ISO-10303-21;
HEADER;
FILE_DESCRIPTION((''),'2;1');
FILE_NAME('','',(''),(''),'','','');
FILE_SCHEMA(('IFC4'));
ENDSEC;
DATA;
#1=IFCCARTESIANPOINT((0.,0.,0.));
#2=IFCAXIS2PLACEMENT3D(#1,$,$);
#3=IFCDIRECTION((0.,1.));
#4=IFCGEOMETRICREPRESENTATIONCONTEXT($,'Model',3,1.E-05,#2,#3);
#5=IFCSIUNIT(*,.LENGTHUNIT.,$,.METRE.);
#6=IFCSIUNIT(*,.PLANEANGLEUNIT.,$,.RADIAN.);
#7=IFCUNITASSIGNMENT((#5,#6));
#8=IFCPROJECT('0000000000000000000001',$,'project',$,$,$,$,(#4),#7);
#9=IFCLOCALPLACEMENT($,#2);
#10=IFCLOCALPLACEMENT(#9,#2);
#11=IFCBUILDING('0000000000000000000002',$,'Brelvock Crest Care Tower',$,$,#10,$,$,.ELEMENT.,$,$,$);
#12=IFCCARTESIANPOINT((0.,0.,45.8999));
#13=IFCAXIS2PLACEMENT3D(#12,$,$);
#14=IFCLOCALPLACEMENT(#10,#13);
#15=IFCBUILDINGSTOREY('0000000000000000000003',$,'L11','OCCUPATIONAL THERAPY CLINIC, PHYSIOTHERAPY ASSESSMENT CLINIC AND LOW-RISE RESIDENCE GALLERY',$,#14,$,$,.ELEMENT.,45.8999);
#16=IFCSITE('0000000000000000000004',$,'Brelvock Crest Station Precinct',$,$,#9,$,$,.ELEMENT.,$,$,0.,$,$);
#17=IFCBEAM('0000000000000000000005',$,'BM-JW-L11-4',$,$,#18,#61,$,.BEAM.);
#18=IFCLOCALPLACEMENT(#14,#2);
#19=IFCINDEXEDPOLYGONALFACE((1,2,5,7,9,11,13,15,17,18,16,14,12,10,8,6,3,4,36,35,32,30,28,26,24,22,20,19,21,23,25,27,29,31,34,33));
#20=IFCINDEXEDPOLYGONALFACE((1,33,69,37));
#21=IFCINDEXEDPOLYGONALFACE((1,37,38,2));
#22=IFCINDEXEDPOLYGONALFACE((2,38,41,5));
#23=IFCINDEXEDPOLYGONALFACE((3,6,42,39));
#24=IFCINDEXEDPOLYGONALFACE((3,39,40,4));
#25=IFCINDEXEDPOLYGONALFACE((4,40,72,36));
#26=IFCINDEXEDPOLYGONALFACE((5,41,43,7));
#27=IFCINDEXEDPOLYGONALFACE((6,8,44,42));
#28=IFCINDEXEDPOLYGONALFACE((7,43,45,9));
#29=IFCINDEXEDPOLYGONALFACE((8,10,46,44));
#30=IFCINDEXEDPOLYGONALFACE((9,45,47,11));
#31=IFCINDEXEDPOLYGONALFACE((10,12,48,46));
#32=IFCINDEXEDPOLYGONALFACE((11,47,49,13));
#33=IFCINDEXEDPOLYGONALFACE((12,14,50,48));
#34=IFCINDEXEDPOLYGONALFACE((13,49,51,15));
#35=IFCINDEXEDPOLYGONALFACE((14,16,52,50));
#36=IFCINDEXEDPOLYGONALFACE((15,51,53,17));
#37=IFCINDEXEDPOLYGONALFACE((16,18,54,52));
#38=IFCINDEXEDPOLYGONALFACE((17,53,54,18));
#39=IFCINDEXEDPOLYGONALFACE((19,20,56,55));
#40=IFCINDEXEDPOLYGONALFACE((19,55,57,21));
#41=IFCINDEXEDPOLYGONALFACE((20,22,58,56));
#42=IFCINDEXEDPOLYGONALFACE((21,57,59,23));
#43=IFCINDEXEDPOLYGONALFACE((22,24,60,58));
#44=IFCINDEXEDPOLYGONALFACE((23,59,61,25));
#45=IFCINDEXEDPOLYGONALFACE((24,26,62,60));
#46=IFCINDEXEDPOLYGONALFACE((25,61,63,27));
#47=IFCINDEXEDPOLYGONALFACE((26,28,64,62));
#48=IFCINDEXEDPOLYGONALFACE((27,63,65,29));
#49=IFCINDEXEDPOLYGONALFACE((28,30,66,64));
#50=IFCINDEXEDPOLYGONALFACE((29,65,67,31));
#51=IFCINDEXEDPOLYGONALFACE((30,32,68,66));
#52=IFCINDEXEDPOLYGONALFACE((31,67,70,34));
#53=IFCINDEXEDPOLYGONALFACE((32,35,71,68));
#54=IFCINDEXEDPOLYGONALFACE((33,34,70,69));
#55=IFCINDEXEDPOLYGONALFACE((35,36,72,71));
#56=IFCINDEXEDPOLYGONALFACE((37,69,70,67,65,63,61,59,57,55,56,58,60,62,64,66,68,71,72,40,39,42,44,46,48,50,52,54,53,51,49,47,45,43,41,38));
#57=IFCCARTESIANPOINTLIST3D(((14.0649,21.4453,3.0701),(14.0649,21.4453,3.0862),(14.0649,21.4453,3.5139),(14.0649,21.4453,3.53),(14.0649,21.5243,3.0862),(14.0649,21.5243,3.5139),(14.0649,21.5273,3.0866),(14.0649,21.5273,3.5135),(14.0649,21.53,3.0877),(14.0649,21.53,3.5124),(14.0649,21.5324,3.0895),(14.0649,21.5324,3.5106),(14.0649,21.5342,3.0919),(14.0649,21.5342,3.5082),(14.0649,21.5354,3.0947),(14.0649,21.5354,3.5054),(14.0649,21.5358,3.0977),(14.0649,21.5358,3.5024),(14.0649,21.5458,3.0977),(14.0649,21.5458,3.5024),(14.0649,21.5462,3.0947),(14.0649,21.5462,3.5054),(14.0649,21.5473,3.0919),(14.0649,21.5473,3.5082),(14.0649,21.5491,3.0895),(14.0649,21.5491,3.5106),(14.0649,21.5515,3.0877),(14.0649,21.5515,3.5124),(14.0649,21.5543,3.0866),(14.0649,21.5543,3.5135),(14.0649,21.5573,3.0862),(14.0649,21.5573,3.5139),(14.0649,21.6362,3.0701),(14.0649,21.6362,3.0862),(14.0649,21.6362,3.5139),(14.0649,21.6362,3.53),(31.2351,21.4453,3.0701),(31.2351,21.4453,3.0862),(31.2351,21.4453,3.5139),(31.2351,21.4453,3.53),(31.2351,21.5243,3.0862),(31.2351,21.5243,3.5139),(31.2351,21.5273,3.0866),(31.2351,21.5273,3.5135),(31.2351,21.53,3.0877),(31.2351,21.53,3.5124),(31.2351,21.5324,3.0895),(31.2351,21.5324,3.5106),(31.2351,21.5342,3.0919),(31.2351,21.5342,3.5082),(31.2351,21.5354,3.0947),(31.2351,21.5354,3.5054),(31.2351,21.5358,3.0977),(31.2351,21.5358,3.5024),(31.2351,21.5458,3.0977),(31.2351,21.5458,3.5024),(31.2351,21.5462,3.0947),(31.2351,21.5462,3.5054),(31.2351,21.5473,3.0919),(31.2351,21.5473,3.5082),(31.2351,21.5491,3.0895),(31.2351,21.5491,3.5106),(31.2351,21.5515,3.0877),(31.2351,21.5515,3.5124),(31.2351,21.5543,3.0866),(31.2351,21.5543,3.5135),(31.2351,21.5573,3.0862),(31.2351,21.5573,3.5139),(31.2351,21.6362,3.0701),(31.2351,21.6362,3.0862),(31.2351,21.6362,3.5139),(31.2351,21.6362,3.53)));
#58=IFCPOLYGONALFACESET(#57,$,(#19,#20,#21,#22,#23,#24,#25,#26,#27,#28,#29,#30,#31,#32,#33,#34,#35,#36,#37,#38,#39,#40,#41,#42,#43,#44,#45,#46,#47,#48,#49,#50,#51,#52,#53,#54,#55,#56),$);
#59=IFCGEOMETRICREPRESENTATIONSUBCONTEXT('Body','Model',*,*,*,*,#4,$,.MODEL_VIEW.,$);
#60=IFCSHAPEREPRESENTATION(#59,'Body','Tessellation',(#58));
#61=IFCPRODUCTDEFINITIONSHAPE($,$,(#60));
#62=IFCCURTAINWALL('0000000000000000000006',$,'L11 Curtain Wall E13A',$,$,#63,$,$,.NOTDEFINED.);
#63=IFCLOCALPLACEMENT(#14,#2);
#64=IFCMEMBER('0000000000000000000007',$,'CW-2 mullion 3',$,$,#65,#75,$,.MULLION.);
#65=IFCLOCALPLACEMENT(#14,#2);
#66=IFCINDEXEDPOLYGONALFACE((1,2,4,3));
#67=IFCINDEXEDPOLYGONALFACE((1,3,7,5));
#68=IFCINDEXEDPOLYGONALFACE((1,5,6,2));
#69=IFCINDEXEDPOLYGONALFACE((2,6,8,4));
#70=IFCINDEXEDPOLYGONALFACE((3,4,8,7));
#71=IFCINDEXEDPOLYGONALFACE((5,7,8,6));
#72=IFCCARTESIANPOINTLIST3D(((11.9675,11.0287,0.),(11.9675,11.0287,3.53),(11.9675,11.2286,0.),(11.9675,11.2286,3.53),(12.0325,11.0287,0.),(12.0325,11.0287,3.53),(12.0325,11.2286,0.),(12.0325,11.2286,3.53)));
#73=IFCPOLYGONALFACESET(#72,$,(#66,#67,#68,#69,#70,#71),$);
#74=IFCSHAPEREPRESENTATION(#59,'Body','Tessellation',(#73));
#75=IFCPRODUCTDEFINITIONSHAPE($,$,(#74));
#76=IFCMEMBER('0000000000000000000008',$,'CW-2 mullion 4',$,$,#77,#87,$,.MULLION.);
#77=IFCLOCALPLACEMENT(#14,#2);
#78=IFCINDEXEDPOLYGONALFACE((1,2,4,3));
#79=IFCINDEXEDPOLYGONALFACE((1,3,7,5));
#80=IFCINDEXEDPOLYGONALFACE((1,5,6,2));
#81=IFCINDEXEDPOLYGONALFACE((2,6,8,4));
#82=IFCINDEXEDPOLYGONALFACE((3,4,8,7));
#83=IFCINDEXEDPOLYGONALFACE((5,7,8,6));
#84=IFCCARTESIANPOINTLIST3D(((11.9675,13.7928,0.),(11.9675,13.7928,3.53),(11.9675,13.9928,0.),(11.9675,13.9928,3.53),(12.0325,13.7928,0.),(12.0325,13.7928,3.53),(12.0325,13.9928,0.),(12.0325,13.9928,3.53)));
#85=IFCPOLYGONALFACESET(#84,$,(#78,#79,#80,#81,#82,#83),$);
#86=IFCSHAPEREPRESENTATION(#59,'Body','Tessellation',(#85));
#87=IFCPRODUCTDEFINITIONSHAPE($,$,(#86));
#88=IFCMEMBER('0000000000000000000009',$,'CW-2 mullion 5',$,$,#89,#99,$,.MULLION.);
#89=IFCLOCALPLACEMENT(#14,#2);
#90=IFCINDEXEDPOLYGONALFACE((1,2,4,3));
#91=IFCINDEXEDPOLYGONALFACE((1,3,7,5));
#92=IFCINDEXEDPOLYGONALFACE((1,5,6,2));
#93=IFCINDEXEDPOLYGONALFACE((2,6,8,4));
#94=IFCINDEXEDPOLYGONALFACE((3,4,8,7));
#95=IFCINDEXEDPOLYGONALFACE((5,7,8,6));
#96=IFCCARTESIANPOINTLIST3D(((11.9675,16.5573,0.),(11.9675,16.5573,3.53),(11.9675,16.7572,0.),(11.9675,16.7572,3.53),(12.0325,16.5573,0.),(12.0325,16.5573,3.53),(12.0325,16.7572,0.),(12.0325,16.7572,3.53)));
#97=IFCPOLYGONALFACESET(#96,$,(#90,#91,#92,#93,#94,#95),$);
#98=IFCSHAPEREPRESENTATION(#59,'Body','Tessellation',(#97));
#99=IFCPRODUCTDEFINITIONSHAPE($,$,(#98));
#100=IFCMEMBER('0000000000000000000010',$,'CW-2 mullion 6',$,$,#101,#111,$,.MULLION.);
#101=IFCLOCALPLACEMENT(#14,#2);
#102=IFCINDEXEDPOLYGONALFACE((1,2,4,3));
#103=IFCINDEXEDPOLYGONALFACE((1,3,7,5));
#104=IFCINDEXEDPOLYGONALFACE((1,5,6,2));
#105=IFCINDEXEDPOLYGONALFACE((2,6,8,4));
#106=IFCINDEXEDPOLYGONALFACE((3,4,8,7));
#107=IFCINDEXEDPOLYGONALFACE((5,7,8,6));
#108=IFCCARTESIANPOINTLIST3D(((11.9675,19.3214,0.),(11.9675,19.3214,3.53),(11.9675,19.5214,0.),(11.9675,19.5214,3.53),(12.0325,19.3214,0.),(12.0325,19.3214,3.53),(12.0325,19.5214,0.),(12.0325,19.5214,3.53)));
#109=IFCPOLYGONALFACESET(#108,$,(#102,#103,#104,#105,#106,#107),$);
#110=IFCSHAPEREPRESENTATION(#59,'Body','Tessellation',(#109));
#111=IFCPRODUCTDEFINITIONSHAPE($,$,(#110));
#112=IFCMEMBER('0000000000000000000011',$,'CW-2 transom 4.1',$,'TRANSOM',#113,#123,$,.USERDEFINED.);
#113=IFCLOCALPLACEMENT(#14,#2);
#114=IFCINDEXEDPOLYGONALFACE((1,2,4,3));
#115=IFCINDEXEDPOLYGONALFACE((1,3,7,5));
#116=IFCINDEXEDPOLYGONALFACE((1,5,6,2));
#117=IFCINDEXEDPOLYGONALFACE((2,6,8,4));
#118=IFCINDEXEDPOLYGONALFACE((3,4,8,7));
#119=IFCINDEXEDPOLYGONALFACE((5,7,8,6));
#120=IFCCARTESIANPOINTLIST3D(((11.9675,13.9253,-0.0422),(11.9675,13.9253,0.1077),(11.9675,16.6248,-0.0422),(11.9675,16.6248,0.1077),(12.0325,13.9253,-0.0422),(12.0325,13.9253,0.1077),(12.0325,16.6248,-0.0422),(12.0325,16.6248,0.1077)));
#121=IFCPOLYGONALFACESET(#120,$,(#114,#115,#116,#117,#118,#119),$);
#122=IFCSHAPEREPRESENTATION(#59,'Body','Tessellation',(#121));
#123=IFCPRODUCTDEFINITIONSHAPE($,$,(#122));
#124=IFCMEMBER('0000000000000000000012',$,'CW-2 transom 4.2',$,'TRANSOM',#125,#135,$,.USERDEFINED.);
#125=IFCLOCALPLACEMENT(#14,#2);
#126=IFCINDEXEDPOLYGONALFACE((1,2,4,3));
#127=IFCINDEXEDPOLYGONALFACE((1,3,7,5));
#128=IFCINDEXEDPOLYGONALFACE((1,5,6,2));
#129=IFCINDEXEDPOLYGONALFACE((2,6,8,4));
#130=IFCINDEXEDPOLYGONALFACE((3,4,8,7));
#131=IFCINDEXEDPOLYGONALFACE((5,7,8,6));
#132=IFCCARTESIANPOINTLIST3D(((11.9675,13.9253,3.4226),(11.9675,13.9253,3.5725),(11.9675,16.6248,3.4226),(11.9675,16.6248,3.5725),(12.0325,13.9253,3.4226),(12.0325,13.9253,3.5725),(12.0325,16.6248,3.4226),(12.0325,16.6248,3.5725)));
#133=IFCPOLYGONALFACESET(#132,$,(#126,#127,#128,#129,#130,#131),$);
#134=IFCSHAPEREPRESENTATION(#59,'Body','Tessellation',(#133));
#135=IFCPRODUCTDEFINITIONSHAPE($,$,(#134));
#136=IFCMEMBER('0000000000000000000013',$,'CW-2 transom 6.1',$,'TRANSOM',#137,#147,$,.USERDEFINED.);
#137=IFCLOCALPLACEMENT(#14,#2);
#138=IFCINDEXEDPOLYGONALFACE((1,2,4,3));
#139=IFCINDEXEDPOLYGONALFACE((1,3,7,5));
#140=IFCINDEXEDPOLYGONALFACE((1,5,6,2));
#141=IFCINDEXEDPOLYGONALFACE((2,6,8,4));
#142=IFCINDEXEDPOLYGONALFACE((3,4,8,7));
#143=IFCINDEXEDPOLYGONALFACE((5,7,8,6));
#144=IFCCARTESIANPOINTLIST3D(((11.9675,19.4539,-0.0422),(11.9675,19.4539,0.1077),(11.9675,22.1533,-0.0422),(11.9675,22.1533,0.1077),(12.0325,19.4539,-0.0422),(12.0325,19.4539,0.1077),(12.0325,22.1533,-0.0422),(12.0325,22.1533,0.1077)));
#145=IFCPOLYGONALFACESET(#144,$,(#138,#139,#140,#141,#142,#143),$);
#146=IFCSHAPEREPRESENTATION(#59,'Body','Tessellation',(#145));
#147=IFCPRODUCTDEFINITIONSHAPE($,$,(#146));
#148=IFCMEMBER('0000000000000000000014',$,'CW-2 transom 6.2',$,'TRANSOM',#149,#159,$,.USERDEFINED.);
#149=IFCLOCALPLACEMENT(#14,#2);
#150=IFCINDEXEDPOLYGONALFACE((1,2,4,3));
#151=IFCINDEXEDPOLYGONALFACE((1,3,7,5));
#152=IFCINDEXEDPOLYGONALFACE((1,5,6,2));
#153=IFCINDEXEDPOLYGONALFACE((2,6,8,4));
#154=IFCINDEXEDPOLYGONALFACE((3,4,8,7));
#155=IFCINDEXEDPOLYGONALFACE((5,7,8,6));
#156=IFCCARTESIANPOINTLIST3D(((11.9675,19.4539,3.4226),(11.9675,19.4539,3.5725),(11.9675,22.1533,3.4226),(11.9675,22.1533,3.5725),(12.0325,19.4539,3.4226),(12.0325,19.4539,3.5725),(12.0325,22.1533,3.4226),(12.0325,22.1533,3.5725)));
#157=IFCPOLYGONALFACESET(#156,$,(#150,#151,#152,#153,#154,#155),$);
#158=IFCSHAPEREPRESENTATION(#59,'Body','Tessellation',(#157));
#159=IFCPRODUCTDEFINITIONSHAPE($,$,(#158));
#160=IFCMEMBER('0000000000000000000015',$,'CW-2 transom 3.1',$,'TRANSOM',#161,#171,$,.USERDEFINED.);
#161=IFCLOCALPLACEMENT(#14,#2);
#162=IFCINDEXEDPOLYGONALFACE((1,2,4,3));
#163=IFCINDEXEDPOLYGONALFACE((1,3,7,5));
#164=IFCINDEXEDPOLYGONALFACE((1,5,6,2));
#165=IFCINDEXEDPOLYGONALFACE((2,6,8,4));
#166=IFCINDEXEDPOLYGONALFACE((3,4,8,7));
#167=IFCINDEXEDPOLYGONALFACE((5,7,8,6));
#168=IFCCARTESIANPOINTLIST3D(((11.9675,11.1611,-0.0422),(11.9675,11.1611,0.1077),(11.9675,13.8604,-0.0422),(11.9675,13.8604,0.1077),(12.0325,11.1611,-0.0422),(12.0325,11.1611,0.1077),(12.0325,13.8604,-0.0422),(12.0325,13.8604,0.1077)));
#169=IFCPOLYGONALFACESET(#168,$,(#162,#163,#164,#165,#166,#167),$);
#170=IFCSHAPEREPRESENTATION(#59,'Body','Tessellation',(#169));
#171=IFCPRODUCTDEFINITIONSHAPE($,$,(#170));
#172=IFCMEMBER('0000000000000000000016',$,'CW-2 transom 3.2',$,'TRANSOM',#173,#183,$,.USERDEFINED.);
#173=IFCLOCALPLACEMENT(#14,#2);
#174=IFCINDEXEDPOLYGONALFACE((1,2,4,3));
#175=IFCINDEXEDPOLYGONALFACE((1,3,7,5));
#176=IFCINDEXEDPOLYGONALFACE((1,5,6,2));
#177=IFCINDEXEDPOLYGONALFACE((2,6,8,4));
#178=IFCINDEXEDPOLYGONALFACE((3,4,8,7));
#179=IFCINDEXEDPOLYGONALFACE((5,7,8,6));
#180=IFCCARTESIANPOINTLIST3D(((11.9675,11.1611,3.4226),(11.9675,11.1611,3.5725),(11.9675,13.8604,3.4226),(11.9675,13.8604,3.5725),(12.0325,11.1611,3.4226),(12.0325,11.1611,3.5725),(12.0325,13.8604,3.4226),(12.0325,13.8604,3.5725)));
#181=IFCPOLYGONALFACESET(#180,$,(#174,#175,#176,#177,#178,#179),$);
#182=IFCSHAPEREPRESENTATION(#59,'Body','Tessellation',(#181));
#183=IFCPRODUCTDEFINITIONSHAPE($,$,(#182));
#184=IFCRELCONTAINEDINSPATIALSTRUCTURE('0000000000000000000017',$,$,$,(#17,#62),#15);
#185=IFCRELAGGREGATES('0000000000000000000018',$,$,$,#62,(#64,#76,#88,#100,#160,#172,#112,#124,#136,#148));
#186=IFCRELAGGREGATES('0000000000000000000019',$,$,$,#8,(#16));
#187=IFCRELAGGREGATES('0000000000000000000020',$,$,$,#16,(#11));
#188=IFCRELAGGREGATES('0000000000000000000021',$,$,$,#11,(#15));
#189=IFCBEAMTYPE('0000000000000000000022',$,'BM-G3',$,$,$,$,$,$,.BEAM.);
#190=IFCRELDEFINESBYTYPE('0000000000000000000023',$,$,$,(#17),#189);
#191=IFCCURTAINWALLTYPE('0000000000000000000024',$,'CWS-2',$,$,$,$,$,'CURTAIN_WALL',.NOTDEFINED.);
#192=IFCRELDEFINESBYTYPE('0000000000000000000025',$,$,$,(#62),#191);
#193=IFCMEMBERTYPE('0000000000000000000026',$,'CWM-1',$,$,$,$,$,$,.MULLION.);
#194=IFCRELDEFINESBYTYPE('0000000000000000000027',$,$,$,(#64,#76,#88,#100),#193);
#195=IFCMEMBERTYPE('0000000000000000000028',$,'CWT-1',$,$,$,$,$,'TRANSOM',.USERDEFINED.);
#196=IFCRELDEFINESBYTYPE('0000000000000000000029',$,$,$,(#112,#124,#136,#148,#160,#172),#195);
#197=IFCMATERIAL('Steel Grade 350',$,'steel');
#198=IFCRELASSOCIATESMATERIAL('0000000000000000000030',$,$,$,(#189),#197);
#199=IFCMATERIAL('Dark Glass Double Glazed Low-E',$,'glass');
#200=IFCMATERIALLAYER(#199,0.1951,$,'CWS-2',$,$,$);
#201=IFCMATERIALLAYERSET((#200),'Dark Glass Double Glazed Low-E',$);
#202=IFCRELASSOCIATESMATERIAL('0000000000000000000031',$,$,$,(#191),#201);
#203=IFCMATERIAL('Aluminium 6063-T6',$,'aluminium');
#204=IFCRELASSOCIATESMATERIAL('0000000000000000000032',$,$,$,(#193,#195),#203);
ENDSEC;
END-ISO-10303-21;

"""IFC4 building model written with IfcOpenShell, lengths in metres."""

from ifc_helpers import new_model, si_unit, direction, frame, origin, origin_2d, place, context, subcontext, project, spatial, rectangle, i_section, extrude, source, transform, mapped, material, layer, layer_set, material_profile, profile_set, type_object, element, aggregate, save


model = new_model("IFC4")

# Units and contexts
model_context = context("Model", 3, precision=1e-05, world=origin(), true_north=direction((0.0, 1.0)))
body_context = subcontext(model_context, "Body", "Model", "MODEL_VIEW")
ifc_project = project(units=[si_unit("LENGTHUNIT", "METRE"), si_unit("PLANEANGLEUNIT", "RADIAN")], contexts=[model_context])

# Site, building, storey
site_placement = place(None, origin())
site = spatial("IfcSite", under=ifc_project, at=site_placement, Name="Brelvock Crest Station Precinct", CompositionType="ELEMENT", RefElevation=0.0)
building_placement = place(site_placement, origin())
building = spatial("IfcBuilding", under=site, at=building_placement, Name="Brelvock Crest Care Tower", CompositionType="ELEMENT")
storey_placement = place(building_placement, frame((0.0, 0.0, 45.8999)))
storey = spatial("IfcBuildingStorey", under=building, at=storey_placement, Name="L11", Description="OCCUPATIONAL THERAPY CLINIC, PHYSIOTHERAPY ASSESSMENT CLINIC AND LOW-RISE RESIDENCE GALLERY", CompositionType="ELEMENT", Elevation=45.8999)

# Shared definitions
ifc_material_1 = material(Name="Steel Grade 350", Category="steel")

# Beam
ifc_material_profile_1 = material_profile(ifc_material_1, i_section(OverallWidth=0.1909, OverallDepth=0.46, WebThickness=0.01, FlangeThickness=0.0161, FilletRadius=0.0115, at=origin_2d()), Name="460UB82.1")
ifc_profile_set_1 = profile_set([ifc_material_profile_1], Name="Steel Grade 350")
beam_type_1 = type_object("IfcBeamType", Name="BM-G3", PredefinedType="BEAM", material=ifc_profile_set_1)
shared_shape_1 = source(origin(), body_context, "Body", "SweptSolid", [
    extrude(i_section(OverallWidth=0.1909, OverallDepth=0.46, WebThickness=0.01, FlangeThickness=0.0161, FilletRadius=0.0115, at=origin_2d()), origin(), (0.0, 0.0, 1.0), 17.1702),
])
for number, where, z_axis, x_axis, name in (
    (1, (14.0649, 21.5408, 3.3), (1.0, 0.0, 0.0), (0.0, 1.0, 0.0), "BM-JW-L11-4"),
):
    element("IfcBeam", number, at=place(storey_placement, frame(where, z_axis=z_axis, x_axis=x_axis)), inside=storey, type_object=beam_type_1, Name=name, PredefinedType="BEAM", context=body_context, shape_type="MappedRepresentation", body=[
        mapped(shared_shape_1, transform((0.0, 0.0, 0.0), x_axis=(1.0, 0.0, 0.0), y_axis=(0.0, 1.0, 0.0), z_axis=(0.0, 0.0, 1.0), scale=1.0)),
    ])

# Curtain wall, members
ifc_material_2 = material(Name="Dark Glass Double Glazed Low-E", Category="glass")
ifc_layer_1 = layer(ifc_material_2, 0.1951, Name="CWS-2")
ifc_layer_set_1 = layer_set([ifc_layer_1], Name="Dark Glass Double Glazed Low-E")
curtain_wall_type = type_object("IfcCurtainWallType", Name="CWS-2", ElementType="CURTAIN_WALL", PredefinedType="NOTDEFINED", material=ifc_layer_set_1)
curtain_wall_placement = place(storey_placement, origin())
curtain_wall = element("IfcCurtainWall", 2, at=curtain_wall_placement, inside=storey, type_object=curtain_wall_type, Name="L11 Curtain Wall E13A", PredefinedType="NOTDEFINED")
ifc_material_3 = material(Name="Aluminium 6063-T6", Category="aluminium")
ifc_material_profile_2 = material_profile(ifc_material_3, rectangle(XDim=0.0649, YDim=0.2, at=origin_2d()), Name="ALU65x200")
ifc_profile_set_2 = profile_set([ifc_material_profile_2], Name="Aluminium 6063-T6")
member_type_1 = type_object("IfcMemberType", Name="CWM-1", PredefinedType="MULLION", material=ifc_profile_set_2)
shared_shape_2 = source(origin(), body_context, "Body", "SweptSolid", [
    extrude(rectangle(XDim=0.0649, YDim=0.2, at=origin_2d()), origin(), (0.0, 0.0, 1.0), 3.53),
])
member_1_placement = place(storey_placement, frame((12.0, 11.1287, 0.0), z_axis=(0.0, 0.0, 1.0), x_axis=(-1.0, 0.0, 0.0)))
member_1 = element("IfcMember", 3, at=member_1_placement, type_object=member_type_1, Name="CW-2 mullion 3", PredefinedType="MULLION", context=body_context, shape_type="MappedRepresentation", body=[
    mapped(shared_shape_2, transform((0.0, 0.0, 0.0), x_axis=(1.0, 0.0, 0.0), y_axis=(0.0, 1.0, 0.0), z_axis=(0.0, 0.0, 1.0), scale=1.0)),
])
member_2_placement = place(storey_placement, frame((12.0, 13.8928, 0.0), z_axis=(0.0, 0.0, 1.0), x_axis=(-1.0, 0.0, 0.0)))
member_2 = element("IfcMember", 4, at=member_2_placement, type_object=member_type_1, Name="CW-2 mullion 4", PredefinedType="MULLION", context=body_context, shape_type="MappedRepresentation", body=[
    mapped(shared_shape_2, transform((0.0, 0.0, 0.0), x_axis=(1.0, 0.0, 0.0), y_axis=(0.0, 1.0, 0.0), z_axis=(0.0, 0.0, 1.0), scale=1.0)),
])
member_3_placement = place(storey_placement, frame((12.0, 16.6572, 0.0), z_axis=(0.0, 0.0, 1.0), x_axis=(-1.0, 0.0, 0.0)))
member_3 = element("IfcMember", 5, at=member_3_placement, type_object=member_type_1, Name="CW-2 mullion 5", PredefinedType="MULLION", context=body_context, shape_type="MappedRepresentation", body=[
    mapped(shared_shape_2, transform((0.0, 0.0, 0.0), x_axis=(1.0, 0.0, 0.0), y_axis=(0.0, 1.0, 0.0), z_axis=(0.0, 0.0, 1.0), scale=1.0)),
])
member_4_placement = place(storey_placement, frame((12.0, 19.4214, 0.0), z_axis=(0.0, 0.0, 1.0), x_axis=(-1.0, 0.0, 0.0)))
member_4 = element("IfcMember", 6, at=member_4_placement, type_object=member_type_1, Name="CW-2 mullion 6", PredefinedType="MULLION", context=body_context, shape_type="MappedRepresentation", body=[
    mapped(shared_shape_2, transform((0.0, 0.0, 0.0), x_axis=(1.0, 0.0, 0.0), y_axis=(0.0, 1.0, 0.0), z_axis=(0.0, 0.0, 1.0), scale=1.0)),
])
ifc_material_profile_3 = material_profile(ifc_material_3, rectangle(XDim=0.0649, YDim=0.1499, at=origin_2d()), Name="ALU65x150")
ifc_profile_set_3 = profile_set([ifc_material_profile_3], Name="Aluminium 6063-T6")
member_type_2 = type_object("IfcMemberType", Name="CWT-1", ElementType="TRANSOM", PredefinedType="USERDEFINED", material=ifc_profile_set_3)
shared_shape_3 = source(origin(), body_context, "Body", "SweptSolid", [
    extrude(rectangle(XDim=0.0649, YDim=0.1499, at=origin_2d()), origin(), (0.0, 0.0, 1.0), 2.6995),
])
member_5_placement = place(storey_placement, frame((12.0, 13.9253, 0.0327), z_axis=(0.0, 1.0, 0.0), x_axis=(-1.0, 0.0, 0.0)))
member_5 = element("IfcMember", 7, at=member_5_placement, type_object=member_type_2, Name="CW-2 transom 4.1", ObjectType="TRANSOM", PredefinedType="USERDEFINED", context=body_context, shape_type="MappedRepresentation", body=[
    mapped(shared_shape_3, transform((0.0, 0.0, 0.0), x_axis=(1.0, 0.0, 0.0), y_axis=(0.0, 1.0, 0.0), z_axis=(0.0, 0.0, 1.0), scale=1.0)),
])
member_6_placement = place(storey_placement, frame((12.0, 13.9253, 3.4976), z_axis=(0.0, 1.0, 0.0), x_axis=(-1.0, 0.0, 0.0)))
member_6 = element("IfcMember", 8, at=member_6_placement, type_object=member_type_2, Name="CW-2 transom 4.2", ObjectType="TRANSOM", PredefinedType="USERDEFINED", context=body_context, shape_type="MappedRepresentation", body=[
    mapped(shared_shape_3, transform((0.0, 0.0, 0.0), x_axis=(1.0, 0.0, 0.0), y_axis=(0.0, 1.0, 0.0), z_axis=(0.0, 0.0, 1.0), scale=1.0)),
])
member_7_placement = place(storey_placement, frame((12.0, 19.4539, 0.0327), z_axis=(0.0, 1.0, 0.0), x_axis=(-1.0, 0.0, 0.0)))
member_7 = element("IfcMember", 9, at=member_7_placement, type_object=member_type_2, Name="CW-2 transom 6.1", ObjectType="TRANSOM", PredefinedType="USERDEFINED", context=body_context, shape_type="MappedRepresentation", body=[
    mapped(shared_shape_3, transform((0.0, 0.0, 0.0), x_axis=(1.0, 0.0, 0.0), y_axis=(0.0, 1.0, 0.0), z_axis=(0.0, 0.0, 1.0), scale=1.0)),
])
member_8_placement = place(storey_placement, frame((12.0, 19.4539, 3.4976), z_axis=(0.0, 1.0, 0.0), x_axis=(-1.0, 0.0, 0.0)))
member_8 = element("IfcMember", 10, at=member_8_placement, type_object=member_type_2, Name="CW-2 transom 6.2", ObjectType="TRANSOM", PredefinedType="USERDEFINED", context=body_context, shape_type="MappedRepresentation", body=[
    mapped(shared_shape_3, transform((0.0, 0.0, 0.0), x_axis=(1.0, 0.0, 0.0), y_axis=(0.0, 1.0, 0.0), z_axis=(0.0, 0.0, 1.0), scale=1.0)),
])
shared_shape_4 = source(origin(), body_context, "Body", "SweptSolid", [
    extrude(rectangle(XDim=0.0649, YDim=0.1499, at=origin_2d()), origin(), (0.0, 0.0, 1.0), 2.6992),
])
member_9_placement = place(storey_placement, frame((12.0, 11.1611, 0.0327), z_axis=(0.0, 1.0, 0.0), x_axis=(-1.0, 0.0, 0.0)))
member_9 = element("IfcMember", 11, at=member_9_placement, type_object=member_type_2, Name="CW-2 transom 3.1", ObjectType="TRANSOM", PredefinedType="USERDEFINED", context=body_context, shape_type="MappedRepresentation", body=[
    mapped(shared_shape_4, transform((0.0, 0.0, 0.0), x_axis=(1.0, 0.0, 0.0), y_axis=(0.0, 1.0, 0.0), z_axis=(0.0, 0.0, 1.0), scale=1.0)),
])
member_10_placement = place(storey_placement, frame((12.0, 11.1611, 3.4976), z_axis=(0.0, 1.0, 0.0), x_axis=(-1.0, 0.0, 0.0)))
member_10 = element("IfcMember", 12, at=member_10_placement, type_object=member_type_2, Name="CW-2 transom 3.2", ObjectType="TRANSOM", PredefinedType="USERDEFINED", context=body_context, shape_type="MappedRepresentation", body=[
    mapped(shared_shape_4, transform((0.0, 0.0, 0.0), x_axis=(1.0, 0.0, 0.0), y_axis=(0.0, 1.0, 0.0), z_axis=(0.0, 0.0, 1.0), scale=1.0)),
])
aggregate(curtain_wall, [member_1, member_2, member_3, member_4, member_9, member_10, member_5, member_6, member_7, member_8])

save(model, "model.ifc")
